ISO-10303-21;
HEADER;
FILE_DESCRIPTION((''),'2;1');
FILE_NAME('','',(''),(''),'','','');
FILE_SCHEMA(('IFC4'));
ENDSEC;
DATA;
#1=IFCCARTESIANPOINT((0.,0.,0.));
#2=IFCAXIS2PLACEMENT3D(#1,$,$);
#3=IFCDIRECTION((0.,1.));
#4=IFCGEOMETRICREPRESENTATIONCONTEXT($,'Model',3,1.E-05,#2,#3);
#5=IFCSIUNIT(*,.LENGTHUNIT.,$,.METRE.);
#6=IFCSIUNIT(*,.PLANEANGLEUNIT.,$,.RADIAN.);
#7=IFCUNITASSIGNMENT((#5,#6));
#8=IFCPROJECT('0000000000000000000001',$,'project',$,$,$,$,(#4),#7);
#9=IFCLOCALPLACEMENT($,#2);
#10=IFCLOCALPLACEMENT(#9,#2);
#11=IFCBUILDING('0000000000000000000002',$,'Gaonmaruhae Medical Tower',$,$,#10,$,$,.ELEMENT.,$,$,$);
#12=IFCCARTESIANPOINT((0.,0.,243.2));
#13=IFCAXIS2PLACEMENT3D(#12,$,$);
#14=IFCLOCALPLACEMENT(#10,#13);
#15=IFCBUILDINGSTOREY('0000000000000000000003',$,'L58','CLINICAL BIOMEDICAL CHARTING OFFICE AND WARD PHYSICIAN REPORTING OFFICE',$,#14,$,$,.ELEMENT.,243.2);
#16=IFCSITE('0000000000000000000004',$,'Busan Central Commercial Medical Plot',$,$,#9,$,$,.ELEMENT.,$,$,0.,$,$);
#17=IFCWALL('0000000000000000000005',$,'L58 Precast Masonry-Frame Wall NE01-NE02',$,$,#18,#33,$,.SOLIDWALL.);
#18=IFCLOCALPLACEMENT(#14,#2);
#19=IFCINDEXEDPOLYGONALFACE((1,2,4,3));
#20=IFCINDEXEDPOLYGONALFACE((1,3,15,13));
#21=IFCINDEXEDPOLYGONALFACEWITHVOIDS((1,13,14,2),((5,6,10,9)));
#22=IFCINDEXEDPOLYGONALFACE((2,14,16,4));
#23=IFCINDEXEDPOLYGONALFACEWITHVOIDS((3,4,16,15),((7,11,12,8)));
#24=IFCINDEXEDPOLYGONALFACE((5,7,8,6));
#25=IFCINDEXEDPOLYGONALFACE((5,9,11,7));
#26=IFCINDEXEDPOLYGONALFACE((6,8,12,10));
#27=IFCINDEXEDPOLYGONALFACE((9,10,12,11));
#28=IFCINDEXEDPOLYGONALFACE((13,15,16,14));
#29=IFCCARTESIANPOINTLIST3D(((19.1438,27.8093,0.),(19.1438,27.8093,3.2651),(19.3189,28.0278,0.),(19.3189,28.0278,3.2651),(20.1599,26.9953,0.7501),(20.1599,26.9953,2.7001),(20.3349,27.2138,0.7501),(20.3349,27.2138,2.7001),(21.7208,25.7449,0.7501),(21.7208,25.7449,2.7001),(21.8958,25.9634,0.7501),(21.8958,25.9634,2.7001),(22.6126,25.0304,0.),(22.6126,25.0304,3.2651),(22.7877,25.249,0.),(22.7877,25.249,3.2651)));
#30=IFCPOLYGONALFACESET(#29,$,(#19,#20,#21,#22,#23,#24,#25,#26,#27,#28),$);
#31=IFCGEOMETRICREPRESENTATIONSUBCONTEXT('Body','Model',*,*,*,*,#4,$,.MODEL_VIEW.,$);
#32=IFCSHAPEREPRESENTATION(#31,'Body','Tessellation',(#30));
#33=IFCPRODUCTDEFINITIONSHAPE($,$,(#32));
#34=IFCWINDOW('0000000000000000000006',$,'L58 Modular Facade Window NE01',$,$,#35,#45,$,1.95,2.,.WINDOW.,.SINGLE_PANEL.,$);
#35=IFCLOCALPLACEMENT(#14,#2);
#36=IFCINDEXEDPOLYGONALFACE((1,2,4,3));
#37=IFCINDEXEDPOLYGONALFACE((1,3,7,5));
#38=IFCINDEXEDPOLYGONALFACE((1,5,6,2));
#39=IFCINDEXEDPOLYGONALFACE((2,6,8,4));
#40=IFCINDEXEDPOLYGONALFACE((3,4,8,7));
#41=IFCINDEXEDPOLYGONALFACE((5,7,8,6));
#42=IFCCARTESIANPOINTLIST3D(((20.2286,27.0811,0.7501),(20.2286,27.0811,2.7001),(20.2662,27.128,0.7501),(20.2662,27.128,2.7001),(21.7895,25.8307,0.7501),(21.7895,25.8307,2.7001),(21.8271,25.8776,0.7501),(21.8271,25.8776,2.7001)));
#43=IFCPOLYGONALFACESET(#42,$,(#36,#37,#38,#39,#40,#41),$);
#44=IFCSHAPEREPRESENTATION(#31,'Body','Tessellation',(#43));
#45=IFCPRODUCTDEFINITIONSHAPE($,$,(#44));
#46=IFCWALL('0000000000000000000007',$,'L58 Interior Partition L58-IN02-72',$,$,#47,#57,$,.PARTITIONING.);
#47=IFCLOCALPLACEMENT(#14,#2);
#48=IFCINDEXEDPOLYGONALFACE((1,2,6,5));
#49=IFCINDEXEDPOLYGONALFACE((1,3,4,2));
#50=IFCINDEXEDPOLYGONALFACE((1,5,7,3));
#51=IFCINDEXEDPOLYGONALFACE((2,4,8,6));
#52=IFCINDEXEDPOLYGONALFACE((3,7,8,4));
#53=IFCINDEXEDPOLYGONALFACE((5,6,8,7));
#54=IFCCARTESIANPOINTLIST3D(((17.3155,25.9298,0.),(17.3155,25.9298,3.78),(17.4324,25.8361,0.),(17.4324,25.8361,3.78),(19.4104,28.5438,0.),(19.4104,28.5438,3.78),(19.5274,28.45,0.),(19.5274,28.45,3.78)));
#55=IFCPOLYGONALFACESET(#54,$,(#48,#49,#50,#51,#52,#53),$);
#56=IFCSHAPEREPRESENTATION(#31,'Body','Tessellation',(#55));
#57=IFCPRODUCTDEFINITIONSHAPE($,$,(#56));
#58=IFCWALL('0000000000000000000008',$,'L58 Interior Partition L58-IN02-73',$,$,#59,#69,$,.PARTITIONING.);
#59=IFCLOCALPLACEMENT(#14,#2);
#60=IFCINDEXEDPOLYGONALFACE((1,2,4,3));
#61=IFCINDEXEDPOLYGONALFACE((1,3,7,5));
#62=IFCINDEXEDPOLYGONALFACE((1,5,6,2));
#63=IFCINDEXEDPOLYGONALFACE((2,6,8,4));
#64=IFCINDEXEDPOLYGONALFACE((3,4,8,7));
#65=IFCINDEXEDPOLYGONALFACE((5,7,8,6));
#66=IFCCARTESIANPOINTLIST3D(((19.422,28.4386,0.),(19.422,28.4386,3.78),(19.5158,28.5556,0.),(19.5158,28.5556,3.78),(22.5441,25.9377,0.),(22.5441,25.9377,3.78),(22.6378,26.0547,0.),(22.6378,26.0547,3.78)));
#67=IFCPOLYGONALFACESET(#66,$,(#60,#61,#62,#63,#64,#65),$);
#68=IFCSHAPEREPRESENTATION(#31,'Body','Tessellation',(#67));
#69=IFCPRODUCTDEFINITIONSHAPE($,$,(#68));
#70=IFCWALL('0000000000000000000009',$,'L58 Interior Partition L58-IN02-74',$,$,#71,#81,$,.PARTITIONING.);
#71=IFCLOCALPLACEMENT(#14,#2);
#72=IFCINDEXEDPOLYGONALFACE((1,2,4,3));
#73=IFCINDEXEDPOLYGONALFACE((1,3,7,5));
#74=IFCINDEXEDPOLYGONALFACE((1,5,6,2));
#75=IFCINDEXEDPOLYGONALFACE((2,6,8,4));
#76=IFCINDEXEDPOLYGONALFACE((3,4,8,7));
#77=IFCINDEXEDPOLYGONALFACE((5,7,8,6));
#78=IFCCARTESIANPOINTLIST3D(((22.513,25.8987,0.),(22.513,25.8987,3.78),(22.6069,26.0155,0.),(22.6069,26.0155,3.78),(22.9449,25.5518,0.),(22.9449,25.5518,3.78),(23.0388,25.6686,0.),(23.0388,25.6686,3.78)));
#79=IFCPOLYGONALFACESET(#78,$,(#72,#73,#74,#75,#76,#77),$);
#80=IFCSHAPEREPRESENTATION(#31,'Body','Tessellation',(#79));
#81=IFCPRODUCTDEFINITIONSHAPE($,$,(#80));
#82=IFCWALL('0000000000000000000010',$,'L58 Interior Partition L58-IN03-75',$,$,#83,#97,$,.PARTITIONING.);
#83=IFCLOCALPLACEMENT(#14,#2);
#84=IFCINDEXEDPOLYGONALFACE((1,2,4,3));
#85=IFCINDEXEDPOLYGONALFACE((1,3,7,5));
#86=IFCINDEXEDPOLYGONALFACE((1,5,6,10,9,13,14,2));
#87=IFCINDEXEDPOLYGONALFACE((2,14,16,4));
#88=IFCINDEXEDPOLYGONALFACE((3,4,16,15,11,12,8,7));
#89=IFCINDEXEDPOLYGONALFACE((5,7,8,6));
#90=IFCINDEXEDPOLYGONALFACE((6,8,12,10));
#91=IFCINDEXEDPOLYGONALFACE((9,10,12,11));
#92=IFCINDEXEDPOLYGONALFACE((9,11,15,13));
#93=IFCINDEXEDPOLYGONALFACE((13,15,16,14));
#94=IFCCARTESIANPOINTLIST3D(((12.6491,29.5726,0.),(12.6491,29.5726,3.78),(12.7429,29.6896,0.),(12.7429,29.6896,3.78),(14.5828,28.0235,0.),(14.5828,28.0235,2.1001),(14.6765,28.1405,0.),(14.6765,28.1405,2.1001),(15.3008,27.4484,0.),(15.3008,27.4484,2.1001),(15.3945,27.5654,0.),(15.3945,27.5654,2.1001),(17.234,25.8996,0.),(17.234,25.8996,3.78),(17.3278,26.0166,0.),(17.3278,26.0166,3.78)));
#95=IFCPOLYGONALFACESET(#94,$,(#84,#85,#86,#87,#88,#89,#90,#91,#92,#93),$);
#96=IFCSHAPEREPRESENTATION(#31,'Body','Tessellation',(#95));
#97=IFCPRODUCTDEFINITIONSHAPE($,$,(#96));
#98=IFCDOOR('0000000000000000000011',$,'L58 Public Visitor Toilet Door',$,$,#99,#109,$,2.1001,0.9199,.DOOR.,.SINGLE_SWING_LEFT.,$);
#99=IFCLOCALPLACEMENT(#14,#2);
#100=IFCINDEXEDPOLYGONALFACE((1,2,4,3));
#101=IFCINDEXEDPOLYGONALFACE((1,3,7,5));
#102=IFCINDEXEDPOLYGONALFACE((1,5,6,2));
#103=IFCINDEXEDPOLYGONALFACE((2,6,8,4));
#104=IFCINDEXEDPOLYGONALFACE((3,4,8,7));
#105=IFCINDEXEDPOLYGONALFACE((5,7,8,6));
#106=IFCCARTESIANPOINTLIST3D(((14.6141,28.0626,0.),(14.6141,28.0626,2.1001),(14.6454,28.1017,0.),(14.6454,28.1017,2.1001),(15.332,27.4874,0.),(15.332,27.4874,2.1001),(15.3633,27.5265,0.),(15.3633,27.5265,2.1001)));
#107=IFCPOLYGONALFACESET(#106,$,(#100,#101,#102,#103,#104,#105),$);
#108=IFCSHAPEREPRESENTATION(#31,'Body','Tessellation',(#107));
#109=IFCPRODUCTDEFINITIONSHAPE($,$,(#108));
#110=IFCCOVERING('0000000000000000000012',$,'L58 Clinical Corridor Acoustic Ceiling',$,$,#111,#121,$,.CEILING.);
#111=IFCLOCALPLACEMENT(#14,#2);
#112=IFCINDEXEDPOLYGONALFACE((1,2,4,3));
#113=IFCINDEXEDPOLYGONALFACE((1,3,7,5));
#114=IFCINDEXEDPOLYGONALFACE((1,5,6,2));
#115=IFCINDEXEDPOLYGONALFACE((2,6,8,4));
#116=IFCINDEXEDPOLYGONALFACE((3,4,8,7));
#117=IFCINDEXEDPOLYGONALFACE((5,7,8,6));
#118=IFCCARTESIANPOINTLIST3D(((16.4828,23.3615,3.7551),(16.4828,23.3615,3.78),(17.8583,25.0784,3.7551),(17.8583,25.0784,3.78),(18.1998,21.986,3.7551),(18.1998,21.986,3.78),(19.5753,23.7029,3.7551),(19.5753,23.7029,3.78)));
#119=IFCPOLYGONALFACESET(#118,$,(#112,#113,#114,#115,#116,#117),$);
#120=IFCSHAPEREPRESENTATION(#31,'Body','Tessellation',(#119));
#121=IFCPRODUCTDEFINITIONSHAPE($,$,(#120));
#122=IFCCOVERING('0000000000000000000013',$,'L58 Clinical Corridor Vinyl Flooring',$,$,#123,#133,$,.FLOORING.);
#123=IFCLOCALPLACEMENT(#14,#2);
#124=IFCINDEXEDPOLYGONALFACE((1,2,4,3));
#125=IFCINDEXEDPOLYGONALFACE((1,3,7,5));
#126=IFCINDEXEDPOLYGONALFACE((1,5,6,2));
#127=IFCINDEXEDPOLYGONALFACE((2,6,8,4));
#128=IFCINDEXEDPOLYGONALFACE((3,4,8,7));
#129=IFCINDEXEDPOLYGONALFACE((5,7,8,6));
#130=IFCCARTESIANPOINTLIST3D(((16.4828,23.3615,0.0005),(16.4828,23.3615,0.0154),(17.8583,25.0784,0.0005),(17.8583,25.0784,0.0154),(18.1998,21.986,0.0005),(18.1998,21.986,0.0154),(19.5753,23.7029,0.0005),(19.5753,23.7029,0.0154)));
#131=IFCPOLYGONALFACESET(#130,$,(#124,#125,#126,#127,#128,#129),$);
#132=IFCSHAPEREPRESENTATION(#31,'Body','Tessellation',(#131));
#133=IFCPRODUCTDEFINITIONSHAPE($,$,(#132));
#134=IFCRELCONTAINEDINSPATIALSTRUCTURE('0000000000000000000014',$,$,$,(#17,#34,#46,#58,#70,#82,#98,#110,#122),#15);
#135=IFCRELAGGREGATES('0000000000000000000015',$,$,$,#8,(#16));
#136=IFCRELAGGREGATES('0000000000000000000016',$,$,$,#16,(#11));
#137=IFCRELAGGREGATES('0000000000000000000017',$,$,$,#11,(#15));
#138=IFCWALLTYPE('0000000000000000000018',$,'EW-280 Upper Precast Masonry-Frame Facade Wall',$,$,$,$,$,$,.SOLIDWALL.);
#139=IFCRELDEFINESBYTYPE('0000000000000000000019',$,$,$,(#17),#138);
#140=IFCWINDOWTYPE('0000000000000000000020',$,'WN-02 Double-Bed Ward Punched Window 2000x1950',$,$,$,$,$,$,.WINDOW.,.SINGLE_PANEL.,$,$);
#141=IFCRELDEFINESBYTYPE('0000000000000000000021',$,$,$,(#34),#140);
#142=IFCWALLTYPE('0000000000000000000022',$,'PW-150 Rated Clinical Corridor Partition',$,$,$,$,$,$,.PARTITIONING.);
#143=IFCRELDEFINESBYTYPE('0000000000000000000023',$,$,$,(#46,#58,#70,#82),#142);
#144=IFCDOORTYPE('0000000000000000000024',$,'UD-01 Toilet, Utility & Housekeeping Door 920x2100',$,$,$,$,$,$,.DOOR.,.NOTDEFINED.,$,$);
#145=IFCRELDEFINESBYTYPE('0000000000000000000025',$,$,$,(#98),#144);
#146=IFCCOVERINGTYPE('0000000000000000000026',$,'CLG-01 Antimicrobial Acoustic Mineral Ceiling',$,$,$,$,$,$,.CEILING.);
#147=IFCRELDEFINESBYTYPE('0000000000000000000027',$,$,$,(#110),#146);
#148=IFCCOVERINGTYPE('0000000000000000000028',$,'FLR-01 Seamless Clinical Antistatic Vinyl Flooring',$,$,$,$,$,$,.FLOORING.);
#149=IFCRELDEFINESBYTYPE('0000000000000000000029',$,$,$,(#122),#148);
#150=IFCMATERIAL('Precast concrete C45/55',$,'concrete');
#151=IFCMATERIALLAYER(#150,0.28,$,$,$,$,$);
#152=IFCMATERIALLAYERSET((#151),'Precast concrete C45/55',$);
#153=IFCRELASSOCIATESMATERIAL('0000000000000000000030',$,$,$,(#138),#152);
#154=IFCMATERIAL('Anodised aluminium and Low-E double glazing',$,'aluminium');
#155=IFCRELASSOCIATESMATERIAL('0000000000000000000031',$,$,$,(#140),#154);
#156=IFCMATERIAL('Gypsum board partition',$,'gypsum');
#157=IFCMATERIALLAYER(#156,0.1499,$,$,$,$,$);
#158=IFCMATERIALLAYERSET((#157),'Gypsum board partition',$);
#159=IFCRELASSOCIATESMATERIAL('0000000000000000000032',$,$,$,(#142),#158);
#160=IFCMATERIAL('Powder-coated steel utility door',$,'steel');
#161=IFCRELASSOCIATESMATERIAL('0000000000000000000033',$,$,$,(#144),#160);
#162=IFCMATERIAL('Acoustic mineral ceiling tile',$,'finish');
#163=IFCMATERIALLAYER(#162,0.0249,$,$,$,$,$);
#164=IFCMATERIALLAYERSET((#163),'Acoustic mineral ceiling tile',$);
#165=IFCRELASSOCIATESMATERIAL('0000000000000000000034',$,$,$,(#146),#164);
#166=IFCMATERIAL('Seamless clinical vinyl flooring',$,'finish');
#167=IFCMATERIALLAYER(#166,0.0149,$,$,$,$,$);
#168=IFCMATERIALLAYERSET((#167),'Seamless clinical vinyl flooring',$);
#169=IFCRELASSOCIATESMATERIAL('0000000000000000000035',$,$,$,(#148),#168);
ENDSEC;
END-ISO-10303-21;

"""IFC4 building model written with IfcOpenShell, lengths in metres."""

from ifc_helpers import new_model, si_unit, direction, frame, frame_2d, origin, origin_2d, place, context, subcontext, project, spatial, rectangle, extrude, material, layer, layer_set, type_object, element, fill, save


model = new_model("IFC4")

# Units and contexts
model_context = context("Model", 3, precision=1e-05, world=origin(), true_north=direction((0.0, 1.0)))
body_context = subcontext(model_context, "Body", "Model", "MODEL_VIEW")
ifc_project = project(units=[si_unit("LENGTHUNIT", "METRE"), si_unit("PLANEANGLEUNIT", "RADIAN")], contexts=[model_context])

# Site, building, storey
site_placement = place(None, origin())
site = spatial("IfcSite", under=ifc_project, at=site_placement, Name="Busan Central Commercial Medical Plot", CompositionType="ELEMENT", RefElevation=0.0)
building_placement = place(site_placement, origin())
building = spatial("IfcBuilding", under=site, at=building_placement, Name="Gaonmaruhae Medical Tower", CompositionType="ELEMENT")
storey_placement = place(building_placement, frame((0.0, 0.0, 243.2)))
storey = spatial("IfcBuildingStorey", under=building, at=storey_placement, Name="L58", Description="CLINICAL BIOMEDICAL CHARTING OFFICE AND WARD PHYSICIAN REPORTING OFFICE", CompositionType="ELEMENT", Elevation=243.2)

# Shared definitions
ifc_material_1 = material(Name="Precast concrete C45/55", Category="concrete")

# Wall, opening, window
ifc_layer_1 = layer(ifc_material_1, 0.28)
ifc_layer_set_1 = layer_set([ifc_layer_1], Name="Precast concrete C45/55")
wall_type_1 = type_object("IfcWallType", Name="EW-280 Upper Precast Masonry-Frame Facade Wall", PredefinedType="SOLIDWALL", material=ifc_layer_set_1)
wall_1_placement = place(storey_placement, frame((19.2314, 27.9185, 0.0), z_axis=(0.0, 0.0, 1.0), x_axis=(0.780451, -0.625217, 0.0)))
wall_1 = element("IfcWall", 1, at=wall_1_placement, inside=storey, type_object=wall_type_1, Name="L58 Precast Masonry-Frame Wall NE01-NE02", PredefinedType="SOLIDWALL", context=body_context, shape_type="SweptSolid", body=[
    extrude(rectangle(XDim=4.4446, YDim=0.28, at=frame_2d((2.2222, 0.0))), origin(), (0.0, 0.0, 1.0), 3.2651),
])
opening_1_placement = place(wall_1_placement, frame((1.3018, 0.0, 0.75)))
opening_1 = element("IfcOpeningElement", 2, at=opening_1_placement, cuts=wall_1, PredefinedType="OPENING", context=body_context, shape_type="SweptSolid", body=[
    extrude(rectangle(XDim=2.0, YDim=1.95, at=frame_2d((1.0, 0.9751))), frame((0.0, 0.1499, 0.0), z_axis=(0.0, -1.0, 0.0), x_axis=(1.0, 0.0, 0.0)), (0.0, 0.0, 1.0), 0.3),
])
ifc_material_2 = material(Name="Anodised aluminium and Low-E double glazing", Category="aluminium")
window_type = type_object("IfcWindowType", Name="WN-02 Double-Bed Ward Punched Window 2000x1950", PartitioningType="SINGLE_PANEL", PredefinedType="WINDOW", material=ifc_material_2)
window_placement = place(opening_1_placement, origin())
window = element("IfcWindow", 3, at=window_placement, inside=storey, type_object=window_type, Name="L58 Modular Facade Window NE01", OverallHeight=1.95, OverallWidth=2.0, PartitioningType="SINGLE_PANEL", PredefinedType="WINDOW", context=body_context, shape_type="SweptSolid", body=[
    extrude(rectangle(XDim=2.0, YDim=1.95, at=frame_2d((1.0, 0.9751))), frame((0.0, 0.03, 0.0), z_axis=(0.0, -1.0, 0.0), x_axis=(1.0, 0.0, 0.0)), (0.0, 0.0, 1.0), 0.0601),
])
fill(opening_1, window)

# Walls
ifc_material_3 = material(Name="Gypsum board partition", Category="gypsum")
ifc_layer_2 = layer(ifc_material_3, 0.1499)
ifc_layer_set_2 = layer_set([ifc_layer_2], Name="Gypsum board partition")
wall_type_2 = type_object("IfcWallType", Name="PW-150 Rated Clinical Corridor Partition", PredefinedType="PARTITIONING", material=ifc_layer_set_2)
wall_2_placement = place(storey_placement, frame((17.374, 25.8831, 0.0), z_axis=(0.0, 0.0, 1.0), x_axis=(0.625379, 0.780321, 0.0)))
element("IfcWall", 4, at=wall_2_placement, inside=storey, type_object=wall_type_2, Name="L58 Interior Partition L58-IN02-72", PredefinedType="PARTITIONING", context=body_context, shape_type="SweptSolid", body=[
    extrude(rectangle(XDim=3.3499, YDim=0.1499, at=frame_2d((1.6748, 0.0))), origin(), (0.0, 0.0, 1.0), 3.78),
])
wall_3_placement = place(storey_placement, frame((19.469, 28.4971, 0.0), z_axis=(0.0, 0.0, 1.0), x_axis=(0.780464, -0.625201, 0.0)))
element("IfcWall", 5, at=wall_3_placement, inside=storey, type_object=wall_type_2, Name="L58 Interior Partition L58-IN02-73", PredefinedType="PARTITIONING", context=body_context, shape_type="SweptSolid", body=[
    extrude(rectangle(XDim=4.0002, YDim=0.1499, at=frame_2d((2.0, 0.0))), origin(), (0.0, 0.0, 1.0), 3.78),
])
wall_4_placement = place(storey_placement, frame((22.5601, 25.957, 0.0), z_axis=(0.0, 0.0, 1.0), x_axis=(0.77962, -0.626252, 0.0)))
element("IfcWall", 6, at=wall_4_placement, inside=storey, type_object=wall_type_2, Name="L58 Interior Partition L58-IN02-74", PredefinedType="PARTITIONING", context=body_context, shape_type="SweptSolid", body=[
    extrude(rectangle(XDim=0.554, YDim=0.1499, at=frame_2d((0.2769, 0.0))), origin(), (0.0, 0.0, 1.0), 3.78),
])

# Wall, opening, door
wall_5_placement = place(storey_placement, frame((17.281, 25.958, 0.0), z_axis=(0.0, 0.0, 1.0), x_axis=(-0.780443, 0.625227, 0.0)))
wall_5 = element("IfcWall", 7, at=wall_5_placement, inside=storey, type_object=wall_type_2, Name="L58 Interior Partition L58-IN03-75", PredefinedType="PARTITIONING", context=body_context, shape_type="SweptSolid", body=[
    extrude(rectangle(XDim=5.8748, YDim=0.1499, at=frame_2d((2.9375, 0.0))), origin(), (0.0, 0.0, 1.0), 3.78),
])
opening_2_placement = place(wall_5_placement, frame((2.4773, 0.0, 0.0)))
opening_2 = element("IfcOpeningElement", 8, at=opening_2_placement, cuts=wall_5, PredefinedType="OPENING", context=body_context, shape_type="SweptSolid", body=[
    extrude(rectangle(XDim=0.9199, YDim=2.1001, at=frame_2d((0.46, 1.05))), frame((0.0, 0.085, 0.0), z_axis=(0.0, -1.0, 0.0), x_axis=(1.0, 0.0, 0.0)), (0.0, 0.0, 1.0), 0.1699),
])
ifc_material_4 = material(Name="Powder-coated steel utility door", Category="steel")
door_type = type_object("IfcDoorType", Name="UD-01 Toilet, Utility & Housekeeping Door 920x2100", OperationType="NOTDEFINED", PredefinedType="DOOR", material=ifc_material_4)
door_placement = place(opening_2_placement, origin())
door = element("IfcDoor", 9, at=door_placement, inside=storey, type_object=door_type, Name="L58 Public Visitor Toilet Door", OperationType="SINGLE_SWING_LEFT", OverallHeight=2.1001, OverallWidth=0.9199, PredefinedType="DOOR", context=body_context, shape_type="SweptSolid", body=[
    extrude(rectangle(XDim=0.9199, YDim=2.1001, at=frame_2d((0.46, 1.05))), frame((0.0, 0.0249, 0.0), z_axis=(0.0, -1.0, 0.0), x_axis=(1.0, 0.0, 0.0)), (0.0, 0.0, 1.0), 0.05),
])
fill(opening_2, door)

# Coverings
ifc_material_5 = material(Name="Acoustic mineral ceiling tile", Category="finish")
ifc_layer_3 = layer(ifc_material_5, 0.0249)
ifc_layer_set_3 = layer_set([ifc_layer_3], Name="Acoustic mineral ceiling tile")
covering_type_1 = type_object("IfcCoveringType", Name="CLG-01 Antimicrobial Acoustic Mineral Ceiling", PredefinedType="CEILING", material=ifc_layer_set_3)
covering_1_placement = place(storey_placement, frame((18.0291, 23.5322, 3.7551), z_axis=(0.0, 0.0, 1.0), x_axis=(0.625243, 0.78043, 0.0)))
element("IfcCovering", 10, at=covering_1_placement, inside=storey, type_object=covering_type_1, Name="L58 Clinical Corridor Acoustic Ceiling", PredefinedType="CEILING", context=body_context, shape_type="SweptSolid", body=[
    extrude(rectangle(XDim=2.2, YDim=2.2, at=origin_2d()), origin(), (0.0, 0.0, 1.0), 0.0249),
])
ifc_material_6 = material(Name="Seamless clinical vinyl flooring", Category="finish")
ifc_layer_4 = layer(ifc_material_6, 0.0149)
ifc_layer_set_4 = layer_set([ifc_layer_4], Name="Seamless clinical vinyl flooring")
covering_type_2 = type_object("IfcCoveringType", Name="FLR-01 Seamless Clinical Antistatic Vinyl Flooring", PredefinedType="FLOORING", material=ifc_layer_set_4)
covering_2_placement = place(storey_placement, frame((18.0291, 23.5322, 0.0005), z_axis=(0.0, 0.0, 1.0), x_axis=(0.625243, 0.78043, 0.0)))
element("IfcCovering", 11, at=covering_2_placement, inside=storey, type_object=covering_type_2, Name="L58 Clinical Corridor Vinyl Flooring", PredefinedType="FLOORING", context=body_context, shape_type="SweptSolid", body=[
    extrude(rectangle(XDim=2.2, YDim=2.2, at=origin_2d()), origin(), (0.0, 0.0, 1.0), 0.0149),
])

save(model, "model.ifc")
